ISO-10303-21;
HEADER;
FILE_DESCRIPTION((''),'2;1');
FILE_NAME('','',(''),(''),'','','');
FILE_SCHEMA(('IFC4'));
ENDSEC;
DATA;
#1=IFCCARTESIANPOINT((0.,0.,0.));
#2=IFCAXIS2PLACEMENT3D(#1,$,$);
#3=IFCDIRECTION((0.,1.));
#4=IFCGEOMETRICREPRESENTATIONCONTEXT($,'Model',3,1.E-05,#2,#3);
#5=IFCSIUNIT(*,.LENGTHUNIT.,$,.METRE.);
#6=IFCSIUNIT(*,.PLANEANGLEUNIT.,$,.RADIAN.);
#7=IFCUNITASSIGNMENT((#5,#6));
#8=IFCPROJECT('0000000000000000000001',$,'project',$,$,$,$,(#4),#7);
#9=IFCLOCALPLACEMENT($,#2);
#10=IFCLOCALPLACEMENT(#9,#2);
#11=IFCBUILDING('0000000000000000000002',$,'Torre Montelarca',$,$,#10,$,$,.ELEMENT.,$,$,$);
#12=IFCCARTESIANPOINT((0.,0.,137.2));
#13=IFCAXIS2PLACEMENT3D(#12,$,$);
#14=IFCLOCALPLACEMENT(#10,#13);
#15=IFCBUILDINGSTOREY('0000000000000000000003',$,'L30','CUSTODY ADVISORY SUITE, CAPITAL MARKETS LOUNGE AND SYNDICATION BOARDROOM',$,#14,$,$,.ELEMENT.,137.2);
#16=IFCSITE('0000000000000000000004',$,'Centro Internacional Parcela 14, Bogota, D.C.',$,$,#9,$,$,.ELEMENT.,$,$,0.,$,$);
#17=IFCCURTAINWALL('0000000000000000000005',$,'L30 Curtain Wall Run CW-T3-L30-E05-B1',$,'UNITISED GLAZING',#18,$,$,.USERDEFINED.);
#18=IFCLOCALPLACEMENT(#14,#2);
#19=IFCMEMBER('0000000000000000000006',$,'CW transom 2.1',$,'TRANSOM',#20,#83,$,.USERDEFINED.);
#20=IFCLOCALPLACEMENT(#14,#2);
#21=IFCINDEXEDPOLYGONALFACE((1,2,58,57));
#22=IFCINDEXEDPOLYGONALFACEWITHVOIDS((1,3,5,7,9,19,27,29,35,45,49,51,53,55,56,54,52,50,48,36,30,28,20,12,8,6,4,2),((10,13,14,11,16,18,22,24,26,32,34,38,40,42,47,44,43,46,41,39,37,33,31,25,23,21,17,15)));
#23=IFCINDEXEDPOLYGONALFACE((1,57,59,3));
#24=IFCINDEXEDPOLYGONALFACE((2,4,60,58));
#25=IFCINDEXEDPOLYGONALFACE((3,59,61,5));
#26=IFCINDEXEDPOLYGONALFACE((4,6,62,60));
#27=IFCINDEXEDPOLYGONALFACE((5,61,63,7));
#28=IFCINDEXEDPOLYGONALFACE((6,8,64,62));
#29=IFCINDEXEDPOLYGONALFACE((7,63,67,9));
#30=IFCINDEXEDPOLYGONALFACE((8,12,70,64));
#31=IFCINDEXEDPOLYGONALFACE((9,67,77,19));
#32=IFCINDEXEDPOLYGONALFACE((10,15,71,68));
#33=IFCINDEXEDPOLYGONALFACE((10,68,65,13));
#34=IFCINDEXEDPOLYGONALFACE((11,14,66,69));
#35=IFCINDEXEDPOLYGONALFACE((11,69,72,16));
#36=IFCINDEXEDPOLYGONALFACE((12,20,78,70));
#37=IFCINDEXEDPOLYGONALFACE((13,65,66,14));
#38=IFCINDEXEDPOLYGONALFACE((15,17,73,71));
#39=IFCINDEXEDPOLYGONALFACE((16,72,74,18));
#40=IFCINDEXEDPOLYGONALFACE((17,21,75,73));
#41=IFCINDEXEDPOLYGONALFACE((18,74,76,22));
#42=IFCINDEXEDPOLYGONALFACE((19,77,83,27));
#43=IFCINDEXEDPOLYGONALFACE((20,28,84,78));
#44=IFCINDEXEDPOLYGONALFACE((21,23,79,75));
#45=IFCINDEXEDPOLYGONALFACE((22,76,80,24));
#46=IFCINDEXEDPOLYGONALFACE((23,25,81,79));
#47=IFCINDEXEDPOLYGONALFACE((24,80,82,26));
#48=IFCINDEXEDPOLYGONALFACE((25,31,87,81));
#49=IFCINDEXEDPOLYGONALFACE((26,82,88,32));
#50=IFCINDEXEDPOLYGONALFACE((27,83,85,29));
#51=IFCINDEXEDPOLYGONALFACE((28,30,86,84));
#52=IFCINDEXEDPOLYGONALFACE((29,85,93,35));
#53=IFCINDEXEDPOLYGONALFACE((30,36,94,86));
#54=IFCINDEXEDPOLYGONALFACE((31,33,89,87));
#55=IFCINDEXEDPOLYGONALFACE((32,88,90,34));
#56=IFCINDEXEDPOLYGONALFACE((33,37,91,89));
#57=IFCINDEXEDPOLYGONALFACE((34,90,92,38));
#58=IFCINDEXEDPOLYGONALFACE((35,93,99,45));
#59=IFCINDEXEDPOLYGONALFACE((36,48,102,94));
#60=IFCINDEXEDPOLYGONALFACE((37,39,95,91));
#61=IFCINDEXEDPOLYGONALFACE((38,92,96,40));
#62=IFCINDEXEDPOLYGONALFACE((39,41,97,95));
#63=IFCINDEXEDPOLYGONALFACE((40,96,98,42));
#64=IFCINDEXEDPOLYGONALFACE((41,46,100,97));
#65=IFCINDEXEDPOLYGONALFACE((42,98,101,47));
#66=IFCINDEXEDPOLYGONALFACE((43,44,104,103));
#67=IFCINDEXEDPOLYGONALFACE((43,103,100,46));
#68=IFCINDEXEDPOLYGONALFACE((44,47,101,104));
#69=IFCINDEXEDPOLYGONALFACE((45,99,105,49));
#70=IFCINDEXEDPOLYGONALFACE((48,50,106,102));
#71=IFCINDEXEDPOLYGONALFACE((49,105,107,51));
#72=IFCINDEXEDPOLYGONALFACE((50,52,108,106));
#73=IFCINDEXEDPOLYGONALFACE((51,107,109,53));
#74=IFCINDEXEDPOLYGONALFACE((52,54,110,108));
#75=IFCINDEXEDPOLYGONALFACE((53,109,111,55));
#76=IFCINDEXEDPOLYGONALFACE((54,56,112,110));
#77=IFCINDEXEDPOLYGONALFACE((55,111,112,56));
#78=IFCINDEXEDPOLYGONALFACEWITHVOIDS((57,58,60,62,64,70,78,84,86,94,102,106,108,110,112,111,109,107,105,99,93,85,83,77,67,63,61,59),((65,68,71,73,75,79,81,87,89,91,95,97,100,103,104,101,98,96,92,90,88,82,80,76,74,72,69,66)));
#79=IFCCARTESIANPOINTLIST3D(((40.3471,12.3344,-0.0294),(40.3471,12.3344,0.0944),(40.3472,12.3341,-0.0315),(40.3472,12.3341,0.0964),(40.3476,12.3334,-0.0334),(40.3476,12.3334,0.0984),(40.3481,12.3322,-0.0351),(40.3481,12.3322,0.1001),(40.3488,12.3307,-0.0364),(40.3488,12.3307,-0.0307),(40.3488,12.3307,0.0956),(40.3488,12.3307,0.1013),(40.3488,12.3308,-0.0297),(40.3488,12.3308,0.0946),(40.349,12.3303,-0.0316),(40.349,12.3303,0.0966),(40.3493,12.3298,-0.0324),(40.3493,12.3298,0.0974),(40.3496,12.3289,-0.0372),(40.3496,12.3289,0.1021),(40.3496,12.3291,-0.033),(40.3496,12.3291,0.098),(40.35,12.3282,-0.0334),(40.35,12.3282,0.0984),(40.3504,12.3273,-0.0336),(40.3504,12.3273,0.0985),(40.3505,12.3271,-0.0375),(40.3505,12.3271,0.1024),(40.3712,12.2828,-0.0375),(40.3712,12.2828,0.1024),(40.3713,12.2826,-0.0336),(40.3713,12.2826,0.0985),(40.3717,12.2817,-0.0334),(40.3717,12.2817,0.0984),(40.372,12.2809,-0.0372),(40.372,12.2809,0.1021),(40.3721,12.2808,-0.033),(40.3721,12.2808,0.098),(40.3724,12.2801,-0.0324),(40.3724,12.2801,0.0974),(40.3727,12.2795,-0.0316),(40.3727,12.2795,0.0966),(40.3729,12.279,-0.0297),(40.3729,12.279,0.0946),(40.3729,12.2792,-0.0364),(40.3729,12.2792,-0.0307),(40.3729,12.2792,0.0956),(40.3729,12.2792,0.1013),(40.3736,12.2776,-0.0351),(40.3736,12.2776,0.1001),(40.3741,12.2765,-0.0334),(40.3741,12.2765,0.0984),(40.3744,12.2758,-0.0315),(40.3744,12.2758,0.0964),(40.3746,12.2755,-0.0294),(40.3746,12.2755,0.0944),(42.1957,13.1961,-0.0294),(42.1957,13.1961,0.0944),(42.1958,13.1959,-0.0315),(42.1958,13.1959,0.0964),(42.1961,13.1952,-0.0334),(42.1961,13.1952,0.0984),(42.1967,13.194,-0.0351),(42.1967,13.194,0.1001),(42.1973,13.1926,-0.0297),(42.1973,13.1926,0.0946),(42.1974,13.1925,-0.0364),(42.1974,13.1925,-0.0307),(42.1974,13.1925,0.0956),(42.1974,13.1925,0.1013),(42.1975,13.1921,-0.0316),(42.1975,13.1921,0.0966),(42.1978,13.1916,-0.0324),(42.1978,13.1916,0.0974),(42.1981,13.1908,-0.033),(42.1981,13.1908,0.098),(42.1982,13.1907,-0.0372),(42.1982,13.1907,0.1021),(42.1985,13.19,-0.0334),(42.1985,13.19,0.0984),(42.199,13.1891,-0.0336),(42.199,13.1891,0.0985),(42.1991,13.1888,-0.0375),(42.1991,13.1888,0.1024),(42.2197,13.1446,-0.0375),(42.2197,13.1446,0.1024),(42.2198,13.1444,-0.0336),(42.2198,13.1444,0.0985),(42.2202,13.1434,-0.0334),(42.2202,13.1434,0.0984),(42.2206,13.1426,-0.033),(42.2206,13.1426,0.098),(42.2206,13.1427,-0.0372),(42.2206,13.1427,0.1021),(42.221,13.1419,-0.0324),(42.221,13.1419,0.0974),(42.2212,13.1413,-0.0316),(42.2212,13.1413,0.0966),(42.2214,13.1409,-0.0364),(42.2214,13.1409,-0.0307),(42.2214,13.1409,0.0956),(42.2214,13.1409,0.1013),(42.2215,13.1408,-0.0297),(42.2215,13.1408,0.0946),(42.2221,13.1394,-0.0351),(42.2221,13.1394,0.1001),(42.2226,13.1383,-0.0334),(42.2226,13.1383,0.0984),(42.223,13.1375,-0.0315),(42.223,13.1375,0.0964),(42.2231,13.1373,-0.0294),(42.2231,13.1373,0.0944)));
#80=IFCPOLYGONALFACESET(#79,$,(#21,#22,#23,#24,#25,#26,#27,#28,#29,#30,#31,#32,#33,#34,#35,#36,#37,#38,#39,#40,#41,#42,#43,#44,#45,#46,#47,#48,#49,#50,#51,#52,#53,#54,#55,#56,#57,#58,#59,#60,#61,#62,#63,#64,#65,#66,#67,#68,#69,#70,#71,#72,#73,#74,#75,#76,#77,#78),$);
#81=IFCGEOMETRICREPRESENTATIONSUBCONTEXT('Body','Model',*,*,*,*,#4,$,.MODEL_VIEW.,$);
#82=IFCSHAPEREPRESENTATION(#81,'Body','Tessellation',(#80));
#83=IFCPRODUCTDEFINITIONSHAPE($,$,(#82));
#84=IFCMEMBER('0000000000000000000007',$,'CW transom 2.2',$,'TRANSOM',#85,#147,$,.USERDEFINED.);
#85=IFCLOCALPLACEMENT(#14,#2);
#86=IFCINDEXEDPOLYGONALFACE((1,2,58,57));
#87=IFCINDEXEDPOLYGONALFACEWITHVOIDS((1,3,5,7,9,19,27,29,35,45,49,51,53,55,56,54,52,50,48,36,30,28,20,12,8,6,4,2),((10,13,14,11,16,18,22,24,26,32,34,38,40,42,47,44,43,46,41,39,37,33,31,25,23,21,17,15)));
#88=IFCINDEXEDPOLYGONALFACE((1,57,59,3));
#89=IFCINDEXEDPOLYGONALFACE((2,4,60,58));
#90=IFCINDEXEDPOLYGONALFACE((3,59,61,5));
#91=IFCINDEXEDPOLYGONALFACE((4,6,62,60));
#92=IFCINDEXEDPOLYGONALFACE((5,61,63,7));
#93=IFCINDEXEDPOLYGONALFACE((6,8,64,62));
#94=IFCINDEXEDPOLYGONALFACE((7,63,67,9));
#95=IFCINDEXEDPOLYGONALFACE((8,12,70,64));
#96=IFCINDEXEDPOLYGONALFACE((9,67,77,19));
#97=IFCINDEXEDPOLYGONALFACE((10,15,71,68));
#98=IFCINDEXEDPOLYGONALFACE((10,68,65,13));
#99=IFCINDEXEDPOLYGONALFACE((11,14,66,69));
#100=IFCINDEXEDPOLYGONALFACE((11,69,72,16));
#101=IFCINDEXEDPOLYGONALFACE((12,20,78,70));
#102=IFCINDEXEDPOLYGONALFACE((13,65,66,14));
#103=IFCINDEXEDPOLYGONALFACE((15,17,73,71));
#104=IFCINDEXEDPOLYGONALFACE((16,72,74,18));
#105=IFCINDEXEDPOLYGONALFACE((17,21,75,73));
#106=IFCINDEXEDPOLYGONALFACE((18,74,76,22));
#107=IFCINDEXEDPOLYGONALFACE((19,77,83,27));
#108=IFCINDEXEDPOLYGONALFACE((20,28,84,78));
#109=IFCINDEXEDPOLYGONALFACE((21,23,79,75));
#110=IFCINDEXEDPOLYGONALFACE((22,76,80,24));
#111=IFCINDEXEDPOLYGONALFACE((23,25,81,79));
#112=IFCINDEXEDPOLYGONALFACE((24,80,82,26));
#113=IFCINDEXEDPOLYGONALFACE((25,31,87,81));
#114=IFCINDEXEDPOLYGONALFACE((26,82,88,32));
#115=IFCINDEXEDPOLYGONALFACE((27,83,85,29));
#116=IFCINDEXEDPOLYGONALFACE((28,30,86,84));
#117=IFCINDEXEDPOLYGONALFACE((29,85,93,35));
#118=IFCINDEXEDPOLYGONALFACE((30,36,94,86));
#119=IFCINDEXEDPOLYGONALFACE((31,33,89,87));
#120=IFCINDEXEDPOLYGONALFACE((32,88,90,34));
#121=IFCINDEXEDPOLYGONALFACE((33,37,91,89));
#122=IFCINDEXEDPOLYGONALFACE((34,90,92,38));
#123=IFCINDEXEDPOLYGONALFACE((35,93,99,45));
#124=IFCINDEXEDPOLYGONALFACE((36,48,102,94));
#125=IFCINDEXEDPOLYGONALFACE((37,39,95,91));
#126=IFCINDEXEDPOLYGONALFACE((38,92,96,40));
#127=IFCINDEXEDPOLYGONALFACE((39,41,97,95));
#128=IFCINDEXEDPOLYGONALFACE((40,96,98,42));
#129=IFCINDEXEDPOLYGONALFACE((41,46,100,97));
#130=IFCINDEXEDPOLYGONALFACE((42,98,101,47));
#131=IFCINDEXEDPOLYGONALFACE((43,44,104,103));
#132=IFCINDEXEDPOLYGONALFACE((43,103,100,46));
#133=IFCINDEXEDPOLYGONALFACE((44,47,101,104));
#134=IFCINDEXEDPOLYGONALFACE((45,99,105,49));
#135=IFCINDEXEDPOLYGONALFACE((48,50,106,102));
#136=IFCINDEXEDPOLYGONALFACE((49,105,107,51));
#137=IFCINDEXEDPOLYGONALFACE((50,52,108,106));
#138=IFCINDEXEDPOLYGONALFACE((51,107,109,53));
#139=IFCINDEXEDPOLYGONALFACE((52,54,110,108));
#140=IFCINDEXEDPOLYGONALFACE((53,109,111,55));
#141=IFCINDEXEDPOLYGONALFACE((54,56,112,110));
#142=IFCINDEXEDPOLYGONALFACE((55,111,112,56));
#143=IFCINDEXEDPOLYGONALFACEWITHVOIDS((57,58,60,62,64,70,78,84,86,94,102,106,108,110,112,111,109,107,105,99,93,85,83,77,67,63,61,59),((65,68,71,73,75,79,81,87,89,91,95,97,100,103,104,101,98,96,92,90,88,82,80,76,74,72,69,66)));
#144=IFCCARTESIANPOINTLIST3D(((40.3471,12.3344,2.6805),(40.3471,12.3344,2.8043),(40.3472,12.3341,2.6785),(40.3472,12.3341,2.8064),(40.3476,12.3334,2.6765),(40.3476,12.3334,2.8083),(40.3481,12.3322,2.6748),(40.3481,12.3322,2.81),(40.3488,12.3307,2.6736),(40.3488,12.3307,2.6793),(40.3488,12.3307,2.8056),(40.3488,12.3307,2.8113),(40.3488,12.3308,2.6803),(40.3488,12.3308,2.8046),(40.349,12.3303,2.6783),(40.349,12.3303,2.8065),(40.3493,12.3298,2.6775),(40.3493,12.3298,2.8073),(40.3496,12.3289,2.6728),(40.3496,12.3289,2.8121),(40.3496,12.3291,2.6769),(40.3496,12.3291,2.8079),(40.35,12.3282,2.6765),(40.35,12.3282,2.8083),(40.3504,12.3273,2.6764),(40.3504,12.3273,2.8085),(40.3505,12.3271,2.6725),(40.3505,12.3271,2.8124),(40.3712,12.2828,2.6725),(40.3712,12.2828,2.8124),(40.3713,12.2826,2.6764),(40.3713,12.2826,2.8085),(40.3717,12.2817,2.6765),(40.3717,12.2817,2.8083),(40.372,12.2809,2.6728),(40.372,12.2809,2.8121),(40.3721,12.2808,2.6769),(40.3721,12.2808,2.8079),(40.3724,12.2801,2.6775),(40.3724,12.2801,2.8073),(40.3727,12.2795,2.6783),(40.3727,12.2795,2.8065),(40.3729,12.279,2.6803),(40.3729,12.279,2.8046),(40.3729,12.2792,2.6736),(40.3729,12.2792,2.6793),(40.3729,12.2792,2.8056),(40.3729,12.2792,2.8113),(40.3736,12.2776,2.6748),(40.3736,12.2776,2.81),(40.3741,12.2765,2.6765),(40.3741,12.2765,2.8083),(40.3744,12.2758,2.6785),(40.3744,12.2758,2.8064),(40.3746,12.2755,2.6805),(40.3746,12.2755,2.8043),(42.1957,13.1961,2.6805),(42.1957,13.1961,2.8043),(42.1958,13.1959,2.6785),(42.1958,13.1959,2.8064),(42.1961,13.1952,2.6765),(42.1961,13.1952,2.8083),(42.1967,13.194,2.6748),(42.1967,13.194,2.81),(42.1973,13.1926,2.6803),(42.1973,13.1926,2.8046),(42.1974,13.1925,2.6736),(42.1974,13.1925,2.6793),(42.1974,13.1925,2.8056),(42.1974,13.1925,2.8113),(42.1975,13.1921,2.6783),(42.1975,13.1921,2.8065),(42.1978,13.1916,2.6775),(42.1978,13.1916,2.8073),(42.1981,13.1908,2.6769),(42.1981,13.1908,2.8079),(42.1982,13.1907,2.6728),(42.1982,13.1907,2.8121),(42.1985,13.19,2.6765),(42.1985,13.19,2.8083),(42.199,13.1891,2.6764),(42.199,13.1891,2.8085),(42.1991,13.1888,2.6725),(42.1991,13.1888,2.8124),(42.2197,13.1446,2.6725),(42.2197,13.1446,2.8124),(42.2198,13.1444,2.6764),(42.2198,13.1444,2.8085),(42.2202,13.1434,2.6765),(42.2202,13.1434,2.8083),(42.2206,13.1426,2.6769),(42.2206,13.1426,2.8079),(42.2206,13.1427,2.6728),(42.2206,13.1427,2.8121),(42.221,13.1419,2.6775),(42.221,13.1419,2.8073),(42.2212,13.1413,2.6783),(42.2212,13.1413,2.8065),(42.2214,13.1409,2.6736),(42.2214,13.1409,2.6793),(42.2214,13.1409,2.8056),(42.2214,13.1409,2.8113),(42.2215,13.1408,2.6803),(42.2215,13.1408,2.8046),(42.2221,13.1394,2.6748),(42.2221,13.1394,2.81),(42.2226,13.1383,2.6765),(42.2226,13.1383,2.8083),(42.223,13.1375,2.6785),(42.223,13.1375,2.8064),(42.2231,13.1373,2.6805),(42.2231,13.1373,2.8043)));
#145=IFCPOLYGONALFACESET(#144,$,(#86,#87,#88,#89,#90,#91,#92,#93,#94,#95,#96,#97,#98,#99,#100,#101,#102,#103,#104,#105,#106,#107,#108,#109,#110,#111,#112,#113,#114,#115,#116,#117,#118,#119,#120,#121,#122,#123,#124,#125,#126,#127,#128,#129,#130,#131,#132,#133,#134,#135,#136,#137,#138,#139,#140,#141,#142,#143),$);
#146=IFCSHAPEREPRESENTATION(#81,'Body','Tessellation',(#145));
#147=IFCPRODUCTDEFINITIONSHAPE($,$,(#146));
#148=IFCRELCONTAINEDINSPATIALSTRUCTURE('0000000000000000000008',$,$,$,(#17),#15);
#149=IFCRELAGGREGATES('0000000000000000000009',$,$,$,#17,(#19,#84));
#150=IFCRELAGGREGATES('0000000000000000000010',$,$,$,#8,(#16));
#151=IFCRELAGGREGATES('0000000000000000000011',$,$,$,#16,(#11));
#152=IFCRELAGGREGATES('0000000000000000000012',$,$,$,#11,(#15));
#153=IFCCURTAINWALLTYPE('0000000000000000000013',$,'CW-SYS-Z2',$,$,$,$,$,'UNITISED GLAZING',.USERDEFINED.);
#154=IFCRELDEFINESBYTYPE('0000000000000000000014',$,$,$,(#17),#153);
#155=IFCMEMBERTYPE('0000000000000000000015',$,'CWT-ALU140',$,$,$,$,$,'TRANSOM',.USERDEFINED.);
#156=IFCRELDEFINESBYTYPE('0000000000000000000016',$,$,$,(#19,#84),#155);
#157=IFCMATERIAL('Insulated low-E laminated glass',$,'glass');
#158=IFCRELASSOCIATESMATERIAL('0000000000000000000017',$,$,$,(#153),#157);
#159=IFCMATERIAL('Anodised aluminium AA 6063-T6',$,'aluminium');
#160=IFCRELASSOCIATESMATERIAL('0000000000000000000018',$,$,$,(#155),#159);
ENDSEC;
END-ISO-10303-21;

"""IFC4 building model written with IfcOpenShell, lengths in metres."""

from ifc_helpers import new_model, si_unit, direction, frame, origin, origin_2d, place, context, subcontext, project, spatial, hollow_rectangle, extrude, source, transform, mapped, material, material_profile, profile_set, type_object, element, aggregate, save


model = new_model("IFC4")

# Units and contexts
model_context = context("Model", 3, precision=1e-05, world=origin(), true_north=direction((0.0, 1.0)))
body_context = subcontext(model_context, "Body", "Model", "MODEL_VIEW")
ifc_project = project(units=[si_unit("LENGTHUNIT", "METRE"), si_unit("PLANEANGLEUNIT", "RADIAN")], contexts=[model_context])

# Site, building, storey
site_placement = place(None, origin())
site = spatial("IfcSite", under=ifc_project, at=site_placement, Name="Centro Internacional Parcela 14, Bogota, D.C.", CompositionType="ELEMENT", RefElevation=0.0)
building_placement = place(site_placement, origin())
building = spatial("IfcBuilding", under=site, at=building_placement, Name="Torre Montelarca", CompositionType="ELEMENT")
storey_placement = place(building_placement, frame((0.0, 0.0, 137.2)))
storey = spatial("IfcBuildingStorey", under=building, at=storey_placement, Name="L30", Description="CUSTODY ADVISORY SUITE, CAPITAL MARKETS LOUNGE AND SYNDICATION BOARDROOM", CompositionType="ELEMENT", Elevation=137.2)

# Curtain wall
ifc_material_1 = material(Name="Insulated low-E laminated glass", Category="glass")
curtain_wall_type = type_object("IfcCurtainWallType", Name="CW-SYS-Z2", ElementType="UNITISED GLAZING", PredefinedType="USERDEFINED", material=ifc_material_1)
curtain_wall_1_placement = place(storey_placement, origin())
curtain_wall_1 = element("IfcCurtainWall", 1, at=curtain_wall_1_placement, inside=storey, type_object=curtain_wall_type, Name="L30 Curtain Wall Run CW-T3-L30-E05-B1", ObjectType="UNITISED GLAZING", PredefinedType="USERDEFINED")
ifc_material_2 = material(Name="Anodised aluminium AA 6063-T6", Category="aluminium")

# Members
ifc_material_profile_1 = material_profile(ifc_material_2, hollow_rectangle(XDim=0.0649, YDim=0.1399, WallThickness=0.0039, InnerFilletRadius=0.0039, OuterFilletRadius=0.0081, at=origin_2d()), Name="ALU65X140X4", Category="aluminium")
ifc_profile_set_1 = profile_set([ifc_material_profile_1], Name="Anodised aluminium AA 6063-T6")
member_type_1 = type_object("IfcMemberType", Name="CWT-ALU140", ElementType="TRANSOM", PredefinedType="USERDEFINED", material=ifc_profile_set_1)
shared_shape_1 = source(origin(), body_context, "Body", "SweptSolid", [
    extrude(hollow_rectangle(XDim=0.0649, YDim=0.1399, WallThickness=0.0039, InnerFilletRadius=0.0039, OuterFilletRadius=0.0081, at=origin_2d()), origin(), (0.0, 0.0, 1.0), 2.0396),
])
member_1_placement = place(storey_placement, frame((40.3608, 12.3049, 0.0325), z_axis=(0.906348, 0.422532, 0.0), x_axis=(-0.422532, 0.906348, 0.0)))
member_1 = element("IfcMember", 2, at=member_1_placement, type_object=member_type_1, Name="CW transom 2.1", ObjectType="TRANSOM", PredefinedType="USERDEFINED", context=body_context, shape_type="MappedRepresentation", body=[
    mapped(shared_shape_1, transform((0.0, 0.0, 0.0), scale=1.0)),
])
member_2_placement = place(storey_placement, frame((40.3608, 12.3049, 2.7424), z_axis=(0.906348, 0.422532, 0.0), x_axis=(-0.422532, 0.906348, 0.0)))
member_2 = element("IfcMember", 3, at=member_2_placement, type_object=member_type_1, Name="CW transom 2.2", ObjectType="TRANSOM", PredefinedType="USERDEFINED", context=body_context, shape_type="MappedRepresentation", body=[
    mapped(shared_shape_1, transform((0.0, 0.0, 0.0), scale=1.0)),
])

aggregate(curtain_wall_1, [member_1, member_2])

save(model, "model.ifc")
